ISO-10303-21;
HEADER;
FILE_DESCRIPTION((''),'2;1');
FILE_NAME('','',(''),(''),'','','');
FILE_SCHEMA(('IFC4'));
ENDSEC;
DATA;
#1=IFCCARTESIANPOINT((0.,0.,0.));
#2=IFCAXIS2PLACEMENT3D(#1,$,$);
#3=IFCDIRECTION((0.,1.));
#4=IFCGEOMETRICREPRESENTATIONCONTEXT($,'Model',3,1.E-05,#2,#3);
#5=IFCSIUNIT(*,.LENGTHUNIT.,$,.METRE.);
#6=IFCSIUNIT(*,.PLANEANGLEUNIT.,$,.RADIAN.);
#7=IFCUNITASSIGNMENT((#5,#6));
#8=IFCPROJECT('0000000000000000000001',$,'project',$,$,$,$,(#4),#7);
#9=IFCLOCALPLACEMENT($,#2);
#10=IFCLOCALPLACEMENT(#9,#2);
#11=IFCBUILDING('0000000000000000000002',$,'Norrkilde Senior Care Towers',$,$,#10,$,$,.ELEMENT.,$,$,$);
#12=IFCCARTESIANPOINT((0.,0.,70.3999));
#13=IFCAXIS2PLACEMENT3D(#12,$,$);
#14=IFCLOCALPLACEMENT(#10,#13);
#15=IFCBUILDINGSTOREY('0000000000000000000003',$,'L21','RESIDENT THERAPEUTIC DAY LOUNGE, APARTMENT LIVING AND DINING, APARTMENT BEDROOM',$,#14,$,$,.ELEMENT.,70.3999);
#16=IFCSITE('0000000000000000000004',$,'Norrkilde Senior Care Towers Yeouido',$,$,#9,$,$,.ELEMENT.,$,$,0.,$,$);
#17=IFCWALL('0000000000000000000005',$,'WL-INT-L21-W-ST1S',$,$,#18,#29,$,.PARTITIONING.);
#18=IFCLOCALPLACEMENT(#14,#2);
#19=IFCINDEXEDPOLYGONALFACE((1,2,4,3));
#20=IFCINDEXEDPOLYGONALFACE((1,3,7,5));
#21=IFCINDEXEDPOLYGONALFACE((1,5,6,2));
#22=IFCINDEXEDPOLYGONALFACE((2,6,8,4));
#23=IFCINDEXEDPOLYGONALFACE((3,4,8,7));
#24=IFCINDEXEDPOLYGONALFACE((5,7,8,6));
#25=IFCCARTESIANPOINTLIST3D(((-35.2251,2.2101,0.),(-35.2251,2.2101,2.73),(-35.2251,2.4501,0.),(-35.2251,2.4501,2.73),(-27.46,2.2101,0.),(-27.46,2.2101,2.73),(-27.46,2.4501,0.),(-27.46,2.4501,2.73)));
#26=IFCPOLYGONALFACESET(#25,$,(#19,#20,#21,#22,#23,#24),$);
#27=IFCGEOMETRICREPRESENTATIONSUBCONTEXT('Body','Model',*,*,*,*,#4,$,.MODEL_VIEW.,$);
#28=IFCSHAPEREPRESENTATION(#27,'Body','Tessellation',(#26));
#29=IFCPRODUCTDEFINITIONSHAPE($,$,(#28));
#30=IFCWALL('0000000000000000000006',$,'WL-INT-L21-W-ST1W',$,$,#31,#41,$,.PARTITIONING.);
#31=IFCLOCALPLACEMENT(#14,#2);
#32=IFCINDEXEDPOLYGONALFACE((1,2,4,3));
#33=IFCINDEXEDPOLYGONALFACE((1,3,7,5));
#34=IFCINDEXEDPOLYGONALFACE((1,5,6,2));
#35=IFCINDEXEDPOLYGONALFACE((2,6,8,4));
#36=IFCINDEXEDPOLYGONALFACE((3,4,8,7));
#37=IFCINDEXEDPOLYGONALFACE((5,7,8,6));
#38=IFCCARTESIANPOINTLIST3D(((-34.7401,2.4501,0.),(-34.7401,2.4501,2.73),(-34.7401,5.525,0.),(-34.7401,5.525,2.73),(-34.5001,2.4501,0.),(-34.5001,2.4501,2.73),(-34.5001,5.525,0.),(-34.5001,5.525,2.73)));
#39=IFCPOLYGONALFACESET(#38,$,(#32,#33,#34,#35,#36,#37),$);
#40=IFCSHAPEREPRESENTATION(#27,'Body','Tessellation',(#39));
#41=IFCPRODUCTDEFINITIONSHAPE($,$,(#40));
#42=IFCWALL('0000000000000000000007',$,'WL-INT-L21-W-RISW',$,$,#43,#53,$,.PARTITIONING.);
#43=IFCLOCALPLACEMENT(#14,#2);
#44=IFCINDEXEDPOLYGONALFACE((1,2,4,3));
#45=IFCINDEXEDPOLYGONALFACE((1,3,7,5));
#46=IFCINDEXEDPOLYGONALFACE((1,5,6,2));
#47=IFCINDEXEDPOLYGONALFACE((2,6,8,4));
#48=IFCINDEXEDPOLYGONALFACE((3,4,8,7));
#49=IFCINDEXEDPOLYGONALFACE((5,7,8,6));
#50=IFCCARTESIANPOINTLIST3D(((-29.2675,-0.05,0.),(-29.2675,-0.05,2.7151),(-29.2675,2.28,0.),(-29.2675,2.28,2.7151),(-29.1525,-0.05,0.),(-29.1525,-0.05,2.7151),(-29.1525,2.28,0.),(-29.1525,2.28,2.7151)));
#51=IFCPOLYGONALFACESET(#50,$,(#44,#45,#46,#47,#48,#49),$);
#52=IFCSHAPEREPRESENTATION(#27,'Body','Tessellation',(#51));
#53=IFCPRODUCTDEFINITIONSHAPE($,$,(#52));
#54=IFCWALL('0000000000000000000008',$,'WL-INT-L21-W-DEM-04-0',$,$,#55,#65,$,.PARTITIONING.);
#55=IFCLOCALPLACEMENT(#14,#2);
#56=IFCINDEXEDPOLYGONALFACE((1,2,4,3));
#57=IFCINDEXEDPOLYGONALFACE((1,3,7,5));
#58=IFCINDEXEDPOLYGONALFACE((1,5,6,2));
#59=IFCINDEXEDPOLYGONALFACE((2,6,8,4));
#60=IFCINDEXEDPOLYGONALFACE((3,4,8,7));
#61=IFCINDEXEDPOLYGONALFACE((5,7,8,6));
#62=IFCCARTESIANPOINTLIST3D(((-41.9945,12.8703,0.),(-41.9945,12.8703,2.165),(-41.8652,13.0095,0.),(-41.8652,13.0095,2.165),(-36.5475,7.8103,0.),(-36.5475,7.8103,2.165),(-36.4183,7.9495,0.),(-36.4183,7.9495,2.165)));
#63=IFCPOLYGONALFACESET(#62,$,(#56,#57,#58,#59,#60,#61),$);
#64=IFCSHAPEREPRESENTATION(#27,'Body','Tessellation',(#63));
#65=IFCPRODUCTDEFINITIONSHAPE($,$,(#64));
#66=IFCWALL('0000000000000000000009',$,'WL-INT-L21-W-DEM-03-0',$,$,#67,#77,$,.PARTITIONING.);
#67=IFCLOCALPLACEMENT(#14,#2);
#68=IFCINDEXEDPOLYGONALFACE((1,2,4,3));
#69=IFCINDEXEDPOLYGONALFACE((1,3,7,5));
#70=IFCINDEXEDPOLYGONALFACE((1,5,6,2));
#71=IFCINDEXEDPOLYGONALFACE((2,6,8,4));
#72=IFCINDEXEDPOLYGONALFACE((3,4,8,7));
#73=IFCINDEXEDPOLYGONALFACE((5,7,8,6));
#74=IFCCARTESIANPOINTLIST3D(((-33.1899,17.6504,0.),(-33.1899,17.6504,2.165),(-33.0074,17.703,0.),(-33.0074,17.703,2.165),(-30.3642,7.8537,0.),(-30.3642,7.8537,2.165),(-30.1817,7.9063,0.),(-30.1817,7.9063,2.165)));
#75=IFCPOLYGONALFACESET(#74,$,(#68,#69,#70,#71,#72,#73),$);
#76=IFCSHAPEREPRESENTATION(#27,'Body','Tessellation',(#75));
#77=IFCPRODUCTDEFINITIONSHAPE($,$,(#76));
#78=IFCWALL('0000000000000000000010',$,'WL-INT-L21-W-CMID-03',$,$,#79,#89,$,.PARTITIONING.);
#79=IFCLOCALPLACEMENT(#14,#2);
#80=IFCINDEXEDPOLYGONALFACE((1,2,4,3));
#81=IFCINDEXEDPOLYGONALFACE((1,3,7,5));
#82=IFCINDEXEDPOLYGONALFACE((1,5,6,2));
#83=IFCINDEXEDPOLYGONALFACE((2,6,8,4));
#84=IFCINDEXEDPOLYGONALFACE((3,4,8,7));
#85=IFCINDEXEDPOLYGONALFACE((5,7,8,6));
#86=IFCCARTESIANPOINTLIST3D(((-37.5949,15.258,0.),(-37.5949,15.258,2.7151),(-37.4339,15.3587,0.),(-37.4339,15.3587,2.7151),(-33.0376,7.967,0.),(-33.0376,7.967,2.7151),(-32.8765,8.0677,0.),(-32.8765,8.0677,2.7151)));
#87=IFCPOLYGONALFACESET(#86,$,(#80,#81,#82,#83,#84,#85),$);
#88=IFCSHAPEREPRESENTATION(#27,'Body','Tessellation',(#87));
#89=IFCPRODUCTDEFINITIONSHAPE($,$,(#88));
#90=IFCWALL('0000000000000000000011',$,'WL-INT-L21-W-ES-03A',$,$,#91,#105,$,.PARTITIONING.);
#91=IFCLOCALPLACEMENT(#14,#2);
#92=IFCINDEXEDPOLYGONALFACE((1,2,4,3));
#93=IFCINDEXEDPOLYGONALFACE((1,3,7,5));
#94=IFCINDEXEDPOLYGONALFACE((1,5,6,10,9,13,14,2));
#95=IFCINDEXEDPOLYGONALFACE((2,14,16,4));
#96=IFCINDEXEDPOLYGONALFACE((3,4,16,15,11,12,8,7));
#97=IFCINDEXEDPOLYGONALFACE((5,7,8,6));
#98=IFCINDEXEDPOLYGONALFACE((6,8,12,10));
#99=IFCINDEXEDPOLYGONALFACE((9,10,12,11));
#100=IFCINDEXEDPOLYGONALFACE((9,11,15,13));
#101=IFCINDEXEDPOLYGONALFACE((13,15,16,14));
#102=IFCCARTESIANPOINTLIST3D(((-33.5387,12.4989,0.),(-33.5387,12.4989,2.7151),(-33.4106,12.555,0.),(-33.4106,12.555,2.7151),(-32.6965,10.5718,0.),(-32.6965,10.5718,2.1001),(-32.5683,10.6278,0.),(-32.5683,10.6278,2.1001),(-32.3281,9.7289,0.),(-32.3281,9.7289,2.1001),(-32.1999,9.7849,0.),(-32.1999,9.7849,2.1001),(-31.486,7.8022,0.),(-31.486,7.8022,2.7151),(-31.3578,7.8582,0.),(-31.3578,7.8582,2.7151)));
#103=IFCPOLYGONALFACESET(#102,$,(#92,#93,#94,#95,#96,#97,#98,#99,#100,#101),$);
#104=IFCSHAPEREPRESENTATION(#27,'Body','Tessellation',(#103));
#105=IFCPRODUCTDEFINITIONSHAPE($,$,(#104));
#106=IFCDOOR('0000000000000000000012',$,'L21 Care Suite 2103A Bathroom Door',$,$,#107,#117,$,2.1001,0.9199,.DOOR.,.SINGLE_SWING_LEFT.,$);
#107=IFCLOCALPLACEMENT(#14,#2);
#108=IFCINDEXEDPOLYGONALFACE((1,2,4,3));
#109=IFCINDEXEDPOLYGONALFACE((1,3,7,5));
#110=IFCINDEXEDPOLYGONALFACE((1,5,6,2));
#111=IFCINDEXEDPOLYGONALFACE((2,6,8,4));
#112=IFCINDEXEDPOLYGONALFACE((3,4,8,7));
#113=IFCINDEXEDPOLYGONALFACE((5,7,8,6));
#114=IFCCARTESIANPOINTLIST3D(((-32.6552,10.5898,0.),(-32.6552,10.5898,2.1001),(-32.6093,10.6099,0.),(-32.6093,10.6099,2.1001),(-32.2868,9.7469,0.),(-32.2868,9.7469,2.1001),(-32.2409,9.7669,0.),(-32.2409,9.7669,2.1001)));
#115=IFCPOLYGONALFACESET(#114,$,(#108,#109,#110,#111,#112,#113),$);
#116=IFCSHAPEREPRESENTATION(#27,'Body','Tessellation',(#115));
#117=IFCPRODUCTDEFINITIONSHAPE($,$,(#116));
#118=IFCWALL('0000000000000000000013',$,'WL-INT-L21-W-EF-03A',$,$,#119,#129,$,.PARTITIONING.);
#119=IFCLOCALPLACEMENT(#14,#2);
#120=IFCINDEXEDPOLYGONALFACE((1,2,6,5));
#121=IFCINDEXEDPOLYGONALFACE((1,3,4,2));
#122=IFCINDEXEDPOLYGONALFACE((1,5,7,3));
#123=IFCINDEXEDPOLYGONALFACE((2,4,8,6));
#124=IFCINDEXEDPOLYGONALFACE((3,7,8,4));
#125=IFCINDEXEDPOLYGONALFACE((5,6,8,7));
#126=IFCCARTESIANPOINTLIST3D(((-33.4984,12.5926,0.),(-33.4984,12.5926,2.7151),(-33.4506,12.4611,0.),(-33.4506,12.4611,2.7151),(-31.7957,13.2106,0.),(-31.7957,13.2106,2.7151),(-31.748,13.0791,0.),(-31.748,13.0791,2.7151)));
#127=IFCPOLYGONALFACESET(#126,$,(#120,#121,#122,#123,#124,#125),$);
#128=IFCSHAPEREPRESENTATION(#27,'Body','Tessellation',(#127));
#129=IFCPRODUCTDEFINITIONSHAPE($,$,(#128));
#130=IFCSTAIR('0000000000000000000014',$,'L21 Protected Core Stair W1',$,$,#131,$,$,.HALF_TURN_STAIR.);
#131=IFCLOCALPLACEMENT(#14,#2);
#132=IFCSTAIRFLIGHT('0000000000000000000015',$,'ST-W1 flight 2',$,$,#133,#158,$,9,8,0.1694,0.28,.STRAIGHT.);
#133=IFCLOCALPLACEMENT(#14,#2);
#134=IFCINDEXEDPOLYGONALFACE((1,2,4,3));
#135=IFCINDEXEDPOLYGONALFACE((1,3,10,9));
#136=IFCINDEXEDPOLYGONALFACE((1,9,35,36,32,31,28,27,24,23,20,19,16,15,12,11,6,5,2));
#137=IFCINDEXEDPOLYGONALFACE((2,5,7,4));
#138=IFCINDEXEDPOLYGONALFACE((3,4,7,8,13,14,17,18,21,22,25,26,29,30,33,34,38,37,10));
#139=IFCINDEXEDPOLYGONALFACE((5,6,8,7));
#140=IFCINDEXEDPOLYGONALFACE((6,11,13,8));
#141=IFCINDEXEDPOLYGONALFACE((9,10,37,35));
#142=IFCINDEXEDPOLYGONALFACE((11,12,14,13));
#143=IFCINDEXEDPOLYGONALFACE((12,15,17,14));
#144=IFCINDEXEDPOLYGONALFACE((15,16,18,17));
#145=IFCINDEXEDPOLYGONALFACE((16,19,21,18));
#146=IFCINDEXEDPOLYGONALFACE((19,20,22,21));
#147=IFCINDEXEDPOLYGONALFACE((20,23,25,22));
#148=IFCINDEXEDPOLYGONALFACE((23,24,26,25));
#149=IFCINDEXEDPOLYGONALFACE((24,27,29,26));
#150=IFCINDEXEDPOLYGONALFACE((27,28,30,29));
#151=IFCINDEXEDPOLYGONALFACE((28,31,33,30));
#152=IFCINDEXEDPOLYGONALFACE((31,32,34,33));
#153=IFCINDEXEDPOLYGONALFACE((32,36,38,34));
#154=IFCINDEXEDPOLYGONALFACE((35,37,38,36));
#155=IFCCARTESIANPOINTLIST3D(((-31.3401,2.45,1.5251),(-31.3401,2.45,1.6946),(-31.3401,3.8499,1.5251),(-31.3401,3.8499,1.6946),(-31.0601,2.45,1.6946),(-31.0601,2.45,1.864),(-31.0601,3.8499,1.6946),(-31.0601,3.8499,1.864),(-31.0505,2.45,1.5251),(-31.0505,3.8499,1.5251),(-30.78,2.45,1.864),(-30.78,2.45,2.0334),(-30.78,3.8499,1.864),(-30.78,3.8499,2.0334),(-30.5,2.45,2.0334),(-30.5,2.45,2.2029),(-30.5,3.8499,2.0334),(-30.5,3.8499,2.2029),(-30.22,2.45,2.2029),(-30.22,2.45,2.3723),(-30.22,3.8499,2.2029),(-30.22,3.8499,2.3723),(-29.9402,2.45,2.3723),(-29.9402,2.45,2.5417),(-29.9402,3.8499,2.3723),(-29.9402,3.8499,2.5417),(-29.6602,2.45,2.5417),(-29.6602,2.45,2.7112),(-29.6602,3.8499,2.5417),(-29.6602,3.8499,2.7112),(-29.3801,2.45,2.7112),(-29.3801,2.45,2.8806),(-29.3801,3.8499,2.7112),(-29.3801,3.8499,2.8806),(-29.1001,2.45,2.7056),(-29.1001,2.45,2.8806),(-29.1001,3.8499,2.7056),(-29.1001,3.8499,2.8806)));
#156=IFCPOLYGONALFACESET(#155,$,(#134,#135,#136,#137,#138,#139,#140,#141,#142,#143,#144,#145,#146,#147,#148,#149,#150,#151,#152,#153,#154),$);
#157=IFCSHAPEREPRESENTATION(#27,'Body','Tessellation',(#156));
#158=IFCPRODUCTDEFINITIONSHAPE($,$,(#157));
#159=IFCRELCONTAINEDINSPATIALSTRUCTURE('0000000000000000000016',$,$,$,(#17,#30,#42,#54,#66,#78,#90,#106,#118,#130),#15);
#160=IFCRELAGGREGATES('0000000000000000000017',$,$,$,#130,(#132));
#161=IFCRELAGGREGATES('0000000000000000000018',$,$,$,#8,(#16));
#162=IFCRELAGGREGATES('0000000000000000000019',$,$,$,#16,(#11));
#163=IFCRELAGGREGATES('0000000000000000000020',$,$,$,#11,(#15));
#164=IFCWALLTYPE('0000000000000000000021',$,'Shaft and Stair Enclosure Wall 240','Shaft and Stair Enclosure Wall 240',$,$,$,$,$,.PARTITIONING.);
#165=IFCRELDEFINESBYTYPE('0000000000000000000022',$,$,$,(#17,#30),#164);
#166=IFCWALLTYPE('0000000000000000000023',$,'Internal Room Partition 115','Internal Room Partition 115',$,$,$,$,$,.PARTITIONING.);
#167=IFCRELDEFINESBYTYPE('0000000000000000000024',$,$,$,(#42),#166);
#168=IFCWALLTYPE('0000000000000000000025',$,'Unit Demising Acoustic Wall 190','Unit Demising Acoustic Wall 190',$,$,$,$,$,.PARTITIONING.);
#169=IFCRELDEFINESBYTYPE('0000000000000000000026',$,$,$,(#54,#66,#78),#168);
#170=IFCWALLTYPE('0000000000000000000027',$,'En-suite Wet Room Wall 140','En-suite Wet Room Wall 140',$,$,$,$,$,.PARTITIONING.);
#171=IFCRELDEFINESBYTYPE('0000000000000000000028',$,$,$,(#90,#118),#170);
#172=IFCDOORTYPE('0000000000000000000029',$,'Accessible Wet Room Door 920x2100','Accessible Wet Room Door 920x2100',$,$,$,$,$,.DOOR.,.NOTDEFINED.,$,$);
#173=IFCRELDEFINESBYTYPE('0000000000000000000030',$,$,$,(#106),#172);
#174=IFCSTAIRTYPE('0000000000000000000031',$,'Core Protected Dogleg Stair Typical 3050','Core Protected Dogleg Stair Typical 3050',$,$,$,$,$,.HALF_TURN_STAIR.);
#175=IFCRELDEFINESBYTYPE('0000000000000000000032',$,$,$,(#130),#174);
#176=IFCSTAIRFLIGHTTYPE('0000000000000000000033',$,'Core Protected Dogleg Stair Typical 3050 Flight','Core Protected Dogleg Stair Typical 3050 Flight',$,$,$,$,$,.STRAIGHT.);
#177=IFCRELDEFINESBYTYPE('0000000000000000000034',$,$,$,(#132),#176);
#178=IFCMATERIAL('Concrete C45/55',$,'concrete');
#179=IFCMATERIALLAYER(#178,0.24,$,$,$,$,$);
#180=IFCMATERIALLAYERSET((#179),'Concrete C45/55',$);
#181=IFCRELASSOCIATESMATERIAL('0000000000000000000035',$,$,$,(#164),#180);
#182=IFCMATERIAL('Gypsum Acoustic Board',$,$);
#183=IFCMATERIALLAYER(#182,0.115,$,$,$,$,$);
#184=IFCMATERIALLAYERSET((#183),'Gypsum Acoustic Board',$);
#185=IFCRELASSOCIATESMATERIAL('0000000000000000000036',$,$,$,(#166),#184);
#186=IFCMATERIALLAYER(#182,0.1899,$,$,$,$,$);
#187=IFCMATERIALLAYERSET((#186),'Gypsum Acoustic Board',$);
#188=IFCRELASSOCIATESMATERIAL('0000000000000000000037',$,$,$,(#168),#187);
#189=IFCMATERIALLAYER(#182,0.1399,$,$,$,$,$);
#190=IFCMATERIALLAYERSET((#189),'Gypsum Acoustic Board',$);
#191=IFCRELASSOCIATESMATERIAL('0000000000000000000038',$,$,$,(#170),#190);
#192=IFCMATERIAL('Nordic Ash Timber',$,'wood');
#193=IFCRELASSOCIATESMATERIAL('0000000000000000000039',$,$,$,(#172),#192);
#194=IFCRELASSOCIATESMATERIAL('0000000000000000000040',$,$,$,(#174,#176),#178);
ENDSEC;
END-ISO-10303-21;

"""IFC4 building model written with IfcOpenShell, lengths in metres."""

from ifc_helpers import new_model, si_unit, direction, frame, frame_2d, origin, place, context, subcontext, project, spatial, polyline, rectangle, outline, extrude, source, transform, mapped, material, layer, layer_set, type_object, type_shapes, element, fill, aggregate, save


model = new_model("IFC4")

# Units and contexts
model_context = context("Model", 3, precision=1e-05, world=origin(), true_north=direction((0.0, 1.0)))
body_context = subcontext(model_context, "Body", "Model", "MODEL_VIEW")
ifc_project = project(units=[si_unit("LENGTHUNIT", "METRE"), si_unit("PLANEANGLEUNIT", "RADIAN")], contexts=[model_context])

# Site, building, storey
site_placement = place(None, origin())
site = spatial("IfcSite", under=ifc_project, at=site_placement, Name="Norrkilde Senior Care Towers Yeouido", CompositionType="ELEMENT", RefElevation=0.0)
building_placement = place(site_placement, origin())
building = spatial("IfcBuilding", under=site, at=building_placement, Name="Norrkilde Senior Care Towers", CompositionType="ELEMENT")
storey_placement = place(building_placement, frame((0.0, 0.0, 70.3999)))
storey = spatial("IfcBuildingStorey", under=building, at=storey_placement, Name="L21", Description="RESIDENT THERAPEUTIC DAY LOUNGE, APARTMENT LIVING AND DINING, APARTMENT BEDROOM", CompositionType="ELEMENT", Elevation=70.3999)

# Walls
ifc_material_1 = material(Name="Concrete C45/55", Category="concrete")
ifc_layer_1 = layer(ifc_material_1, 0.24)
ifc_layer_set_1 = layer_set([ifc_layer_1], Name="Concrete C45/55")
wall_type_1 = type_object("IfcWallType", Name="Shaft and Stair Enclosure Wall 240", Description="Shaft and Stair Enclosure Wall 240", PredefinedType="PARTITIONING", material=ifc_layer_set_1)
shared_shape_1 = source(origin(), body_context, "Body", "SweptSolid", [
    extrude(rectangle(XDim=7.7651, YDim=0.24, at=frame_2d((3.8826, 0.0))), origin(), (0.0, 0.0, 1.0), 2.73),
])
wall_1_placement = place(storey_placement, frame((-35.2251, 2.3301, 0.0), z_axis=(0.0, 0.0, 1.0), x_axis=(1.0, 0.0, 0.0)))
element("IfcWall", 1, at=wall_1_placement, inside=storey, type_object=wall_type_1, Name="WL-INT-L21-W-ST1S", PredefinedType="PARTITIONING", context=body_context, shape_type="MappedRepresentation", body=[
    mapped(shared_shape_1, transform((0.0, 0.0, 0.0), x_axis=(1.0, 0.0, 0.0), y_axis=(0.0, 1.0, 0.0), z_axis=(0.0, 0.0, 1.0), scale=1.0)),
])
shared_shape_2 = source(origin(), body_context, "Body", "SweptSolid", [
    extrude(rectangle(XDim=3.075, YDim=0.24, at=frame_2d((1.5376, 0.0))), origin(), (0.0, 0.0, 1.0), 2.73),
])
type_shapes(wall_type_1, [shared_shape_1, shared_shape_2])
wall_2_placement = place(storey_placement, frame((-34.6201, 2.45, 0.0), z_axis=(0.0, 0.0, 1.0), x_axis=(0.0, 1.0, 0.0)))
element("IfcWall", 2, at=wall_2_placement, inside=storey, type_object=wall_type_1, Name="WL-INT-L21-W-ST1W", PredefinedType="PARTITIONING", context=body_context, shape_type="MappedRepresentation", body=[
    mapped(shared_shape_2, transform((0.0, 0.0, 0.0), x_axis=(1.0, 0.0, 0.0), y_axis=(0.0, 1.0, 0.0), z_axis=(0.0, 0.0, 1.0), scale=1.0)),
])
ifc_material_2 = material(Name="Gypsum Acoustic Board")
ifc_layer_2 = layer(ifc_material_2, 0.115)
ifc_layer_set_2 = layer_set([ifc_layer_2], Name="Gypsum Acoustic Board")
wall_type_2 = type_object("IfcWallType", Name="Internal Room Partition 115", Description="Internal Room Partition 115", PredefinedType="PARTITIONING", material=ifc_layer_set_2)
shared_shape_3 = source(origin(), body_context, "Body", "SweptSolid", [
    extrude(rectangle(XDim=2.3301, YDim=0.115, at=frame_2d((1.165, 0.0))), origin(), (0.0, 0.0, 1.0), 2.7151),
])
type_shapes(wall_type_2, [shared_shape_3])
wall_3_placement = place(storey_placement, frame((-29.21, -0.05, 0.0), z_axis=(0.0, 0.0, 1.0), x_axis=(0.0, 1.0, 0.0)))
element("IfcWall", 3, at=wall_3_placement, inside=storey, type_object=wall_type_2, Name="WL-INT-L21-W-RISW", PredefinedType="PARTITIONING", context=body_context, shape_type="MappedRepresentation", body=[
    mapped(shared_shape_3, transform((0.0, 0.0, 0.0), x_axis=(1.0, 0.0, 0.0), y_axis=(0.0, 1.0, 0.0), z_axis=(0.0, 0.0, 1.0), scale=1.0)),
])
ifc_layer_3 = layer(ifc_material_2, 0.1899)
ifc_layer_set_3 = layer_set([ifc_layer_3], Name="Gypsum Acoustic Board")
wall_type_3 = type_object("IfcWallType", Name="Unit Demising Acoustic Wall 190", Description="Unit Demising Acoustic Wall 190", PredefinedType="PARTITIONING", material=ifc_layer_set_3)
shared_shape_4 = source(origin(), body_context, "Body", "SweptSolid", [
    extrude(rectangle(XDim=7.4346, YDim=0.1899, at=frame_2d((3.7173, 0.0))), origin(), (0.0, 0.0, 1.0), 2.165),
])
wall_4_placement = place(storey_placement, frame((-36.4829, 7.8799, 0.0), z_axis=(0.0, 0.0, 1.0), x_axis=(-0.732652, 0.680603, 0.0)))
element("IfcWall", 4, at=wall_4_placement, inside=storey, type_object=wall_type_3, Name="WL-INT-L21-W-DEM-04-0", PredefinedType="PARTITIONING", context=body_context, shape_type="MappedRepresentation", body=[
    mapped(shared_shape_4, transform((0.0, 0.0, 0.0), x_axis=(1.0, 0.0, 0.0), y_axis=(0.0, 1.0, 0.0), z_axis=(0.0, 0.0, 1.0), scale=1.0)),
])
shared_shape_5 = source(origin(), body_context, "Body", "SweptSolid", [
    extrude(rectangle(XDim=10.196, YDim=0.1899, at=frame_2d((5.0981, 0.0))), origin(), (0.0, 0.0, 1.0), 2.165),
])
wall_5_placement = place(storey_placement, frame((-30.2729, 7.8799, 0.0), z_axis=(0.0, 0.0, 1.0), x_axis=(-0.277136, 0.960831, 0.0)))
element("IfcWall", 5, at=wall_5_placement, inside=storey, type_object=wall_type_3, Name="WL-INT-L21-W-DEM-03-0", PredefinedType="PARTITIONING", context=body_context, shape_type="MappedRepresentation", body=[
    mapped(shared_shape_5, transform((0.0, 0.0, 0.0), x_axis=(1.0, 0.0, 0.0), y_axis=(0.0, 1.0, 0.0), z_axis=(0.0, 0.0, 1.0), scale=1.0)),
])
shared_shape_6 = source(origin(), body_context, "Body", "SweptSolid", [
    extrude(rectangle(XDim=8.5981, YDim=0.1899, at=frame_2d((4.2991, 0.0))), origin(), (0.0, 0.0, 1.0), 2.7151),
])
type_shapes(wall_type_3, [shared_shape_4, shared_shape_5, shared_shape_6])
wall_6_placement = place(storey_placement, frame((-32.957, 8.0173, 0.0), z_axis=(0.0, 0.0, 1.0), x_axis=(-0.53004, 0.847973, 0.0)))
element("IfcWall", 6, at=wall_6_placement, inside=storey, type_object=wall_type_3, Name="WL-INT-L21-W-CMID-03", PredefinedType="PARTITIONING", context=body_context, shape_type="MappedRepresentation", body=[
    mapped(shared_shape_6, transform((0.0, 0.0, 0.0), x_axis=(1.0, 0.0, 0.0), y_axis=(0.0, 1.0, 0.0), z_axis=(0.0, 0.0, 1.0), scale=1.0)),
])

# Wall, opening, door
ifc_layer_4 = layer(ifc_material_2, 0.1399)
ifc_layer_set_4 = layer_set([ifc_layer_4], Name="Gypsum Acoustic Board")
wall_type_4 = type_object("IfcWallType", Name="En-suite Wet Room Wall 140", Description="En-suite Wet Room Wall 140", PredefinedType="PARTITIONING", material=ifc_layer_set_4)
shared_shape_7 = source(origin(), body_context, "Body", "SweptSolid", [
    extrude(rectangle(XDim=5.1257, YDim=0.1399, at=frame_2d((2.563, 0.0))), origin(), (0.0, 0.0, 1.0), 2.7151),
])
wall_7_placement = place(storey_placement, frame((-31.4219, 7.8301, 0.0), z_axis=(0.0, 0.0, 1.0), x_axis=(-0.400474, 0.916308, 0.0)))
wall_7 = element("IfcWall", 7, at=wall_7_placement, inside=storey, type_object=wall_type_4, Name="WL-INT-L21-W-ES-03A", PredefinedType="PARTITIONING", context=body_context, shape_type="MappedRepresentation", body=[
    mapped(shared_shape_7, transform((0.0, 0.0, 0.0), x_axis=(1.0, 0.0, 0.0), y_axis=(0.0, 1.0, 0.0), z_axis=(0.0, 0.0, 1.0), scale=1.0)),
])
opening_placement = place(wall_7_placement, frame((2.1028, 0.0, 0.0)))
opening = element("IfcOpeningElement", 8, at=opening_placement, cuts=wall_7, PredefinedType="OPENING", context=body_context, shape_type="SweptSolid", body=[
    extrude(rectangle(XDim=0.9199, YDim=2.1001, at=frame_2d((0.46, 1.05))), frame((0.0, 0.0798, 0.0), z_axis=(0.0, -1.0, 0.0), x_axis=(1.0, 0.0, 0.0)), (0.0, 0.0, 1.0), 0.1599),
])
ifc_material_3 = material(Name="Nordic Ash Timber", Category="wood")
door_type = type_object("IfcDoorType", Name="Accessible Wet Room Door 920x2100", Description="Accessible Wet Room Door 920x2100", OperationType="NOTDEFINED", PredefinedType="DOOR", material=ifc_material_3)
shared_shape_8 = source(origin(), body_context, "Body", "SweptSolid", [
    extrude(rectangle(XDim=0.9199, YDim=2.1001, at=frame_2d((0.46, 1.05))), frame((0.0, 0.0249, 0.0), z_axis=(0.0, -1.0, 0.0), x_axis=(1.0, 0.0, 0.0)), (0.0, 0.0, 1.0), 0.05),
])
type_shapes(door_type, [shared_shape_8])
door_placement = place(opening_placement, origin())
door = element("IfcDoor", 9, at=door_placement, inside=storey, type_object=door_type, Name="L21 Care Suite 2103A Bathroom Door", OperationType="SINGLE_SWING_LEFT", OverallHeight=2.1001, OverallWidth=0.9199, PredefinedType="DOOR", context=body_context, shape_type="MappedRepresentation", body=[
    mapped(shared_shape_8, transform((0.0, 0.0, 0.0), x_axis=(1.0, 0.0, 0.0), y_axis=(0.0, 1.0, 0.0), z_axis=(0.0, 0.0, 1.0), scale=1.0)),
])
fill(opening, door)

# Wall
shared_shape_9 = source(origin(), body_context, "Body", "SweptSolid", [
    extrude(rectangle(XDim=1.8113, YDim=0.1399, at=frame_2d((0.9058, 0.0))), origin(), (0.0, 0.0, 1.0), 2.7151),
])
type_shapes(wall_type_4, [shared_shape_7, shared_shape_9])
wall_8_placement = place(storey_placement, frame((-33.4746, 12.5269, 0.0), z_axis=(0.0, 0.0, 1.0), x_axis=(0.94001, 0.341148, 0.0)))
element("IfcWall", 10, at=wall_8_placement, inside=storey, type_object=wall_type_4, Name="WL-INT-L21-W-EF-03A", PredefinedType="PARTITIONING", context=body_context, shape_type="MappedRepresentation", body=[
    mapped(shared_shape_9, transform((0.0, 0.0, 0.0), x_axis=(1.0, 0.0, 0.0), y_axis=(0.0, 1.0, 0.0), z_axis=(0.0, 0.0, 1.0), scale=1.0)),
])

# Stair, stair flight
stair_type = type_object("IfcStairType", Name="Core Protected Dogleg Stair Typical 3050", Description="Core Protected Dogleg Stair Typical 3050", PredefinedType="HALF_TURN_STAIR", material=ifc_material_1)
stair_placement = place(storey_placement, origin())
stair = element("IfcStair", 11, at=stair_placement, inside=storey, type_object=stair_type, Name="L21 Protected Core Stair W1", PredefinedType="HALF_TURN_STAIR")
stair_flight_type = type_object("IfcStairFlightType", Name="Core Protected Dogleg Stair Typical 3050 Flight", Description="Core Protected Dogleg Stair Typical 3050 Flight", PredefinedType="STRAIGHT", material=ifc_material_1)
stair_flight_placement = place(storey_placement, frame((-31.3401, 3.1499, 1.5251), z_axis=(0.0, 0.0, 1.0), x_axis=(1.0, 0.0, 0.0)))
stair_flight = element("IfcStairFlight", 12, at=stair_flight_placement, type_object=stair_flight_type, Name="ST-W1 flight 2", NumberOfRisers=9, NumberOfTreads=8, PredefinedType="STRAIGHT", RiserHeight=0.1694, TreadLength=0.28, context=body_context, shape_type="SweptSolid", body=[
    extrude(outline(polyline([(0.0, 0.0), (0.0, 0.1694), (0.28, 0.1694), (0.28, 0.3389), (0.5601, 0.3389), (0.5601, 0.5083), (0.8401, 0.5083), (0.8401, 0.6777), (1.1201, 0.6777), (1.1201, 0.8472), (1.3999, 0.8472), (1.3999, 1.0166), (1.6799, 1.0166), (1.6799, 1.186), (1.96, 1.186), (1.96, 1.3555), (2.24, 1.3555), (2.24, 1.5249), (2.24, 1.1804), (0.2896, 0.0), (0.0, 0.0)])), frame((0.0, 0.7, 0.0), z_axis=(0.0, -1.0, 0.0), x_axis=(1.0, 0.0, 0.0)), (0.0, 0.0, 1.0), 1.3999),
])
aggregate(stair, [stair_flight])

save(model, "model.ifc")
